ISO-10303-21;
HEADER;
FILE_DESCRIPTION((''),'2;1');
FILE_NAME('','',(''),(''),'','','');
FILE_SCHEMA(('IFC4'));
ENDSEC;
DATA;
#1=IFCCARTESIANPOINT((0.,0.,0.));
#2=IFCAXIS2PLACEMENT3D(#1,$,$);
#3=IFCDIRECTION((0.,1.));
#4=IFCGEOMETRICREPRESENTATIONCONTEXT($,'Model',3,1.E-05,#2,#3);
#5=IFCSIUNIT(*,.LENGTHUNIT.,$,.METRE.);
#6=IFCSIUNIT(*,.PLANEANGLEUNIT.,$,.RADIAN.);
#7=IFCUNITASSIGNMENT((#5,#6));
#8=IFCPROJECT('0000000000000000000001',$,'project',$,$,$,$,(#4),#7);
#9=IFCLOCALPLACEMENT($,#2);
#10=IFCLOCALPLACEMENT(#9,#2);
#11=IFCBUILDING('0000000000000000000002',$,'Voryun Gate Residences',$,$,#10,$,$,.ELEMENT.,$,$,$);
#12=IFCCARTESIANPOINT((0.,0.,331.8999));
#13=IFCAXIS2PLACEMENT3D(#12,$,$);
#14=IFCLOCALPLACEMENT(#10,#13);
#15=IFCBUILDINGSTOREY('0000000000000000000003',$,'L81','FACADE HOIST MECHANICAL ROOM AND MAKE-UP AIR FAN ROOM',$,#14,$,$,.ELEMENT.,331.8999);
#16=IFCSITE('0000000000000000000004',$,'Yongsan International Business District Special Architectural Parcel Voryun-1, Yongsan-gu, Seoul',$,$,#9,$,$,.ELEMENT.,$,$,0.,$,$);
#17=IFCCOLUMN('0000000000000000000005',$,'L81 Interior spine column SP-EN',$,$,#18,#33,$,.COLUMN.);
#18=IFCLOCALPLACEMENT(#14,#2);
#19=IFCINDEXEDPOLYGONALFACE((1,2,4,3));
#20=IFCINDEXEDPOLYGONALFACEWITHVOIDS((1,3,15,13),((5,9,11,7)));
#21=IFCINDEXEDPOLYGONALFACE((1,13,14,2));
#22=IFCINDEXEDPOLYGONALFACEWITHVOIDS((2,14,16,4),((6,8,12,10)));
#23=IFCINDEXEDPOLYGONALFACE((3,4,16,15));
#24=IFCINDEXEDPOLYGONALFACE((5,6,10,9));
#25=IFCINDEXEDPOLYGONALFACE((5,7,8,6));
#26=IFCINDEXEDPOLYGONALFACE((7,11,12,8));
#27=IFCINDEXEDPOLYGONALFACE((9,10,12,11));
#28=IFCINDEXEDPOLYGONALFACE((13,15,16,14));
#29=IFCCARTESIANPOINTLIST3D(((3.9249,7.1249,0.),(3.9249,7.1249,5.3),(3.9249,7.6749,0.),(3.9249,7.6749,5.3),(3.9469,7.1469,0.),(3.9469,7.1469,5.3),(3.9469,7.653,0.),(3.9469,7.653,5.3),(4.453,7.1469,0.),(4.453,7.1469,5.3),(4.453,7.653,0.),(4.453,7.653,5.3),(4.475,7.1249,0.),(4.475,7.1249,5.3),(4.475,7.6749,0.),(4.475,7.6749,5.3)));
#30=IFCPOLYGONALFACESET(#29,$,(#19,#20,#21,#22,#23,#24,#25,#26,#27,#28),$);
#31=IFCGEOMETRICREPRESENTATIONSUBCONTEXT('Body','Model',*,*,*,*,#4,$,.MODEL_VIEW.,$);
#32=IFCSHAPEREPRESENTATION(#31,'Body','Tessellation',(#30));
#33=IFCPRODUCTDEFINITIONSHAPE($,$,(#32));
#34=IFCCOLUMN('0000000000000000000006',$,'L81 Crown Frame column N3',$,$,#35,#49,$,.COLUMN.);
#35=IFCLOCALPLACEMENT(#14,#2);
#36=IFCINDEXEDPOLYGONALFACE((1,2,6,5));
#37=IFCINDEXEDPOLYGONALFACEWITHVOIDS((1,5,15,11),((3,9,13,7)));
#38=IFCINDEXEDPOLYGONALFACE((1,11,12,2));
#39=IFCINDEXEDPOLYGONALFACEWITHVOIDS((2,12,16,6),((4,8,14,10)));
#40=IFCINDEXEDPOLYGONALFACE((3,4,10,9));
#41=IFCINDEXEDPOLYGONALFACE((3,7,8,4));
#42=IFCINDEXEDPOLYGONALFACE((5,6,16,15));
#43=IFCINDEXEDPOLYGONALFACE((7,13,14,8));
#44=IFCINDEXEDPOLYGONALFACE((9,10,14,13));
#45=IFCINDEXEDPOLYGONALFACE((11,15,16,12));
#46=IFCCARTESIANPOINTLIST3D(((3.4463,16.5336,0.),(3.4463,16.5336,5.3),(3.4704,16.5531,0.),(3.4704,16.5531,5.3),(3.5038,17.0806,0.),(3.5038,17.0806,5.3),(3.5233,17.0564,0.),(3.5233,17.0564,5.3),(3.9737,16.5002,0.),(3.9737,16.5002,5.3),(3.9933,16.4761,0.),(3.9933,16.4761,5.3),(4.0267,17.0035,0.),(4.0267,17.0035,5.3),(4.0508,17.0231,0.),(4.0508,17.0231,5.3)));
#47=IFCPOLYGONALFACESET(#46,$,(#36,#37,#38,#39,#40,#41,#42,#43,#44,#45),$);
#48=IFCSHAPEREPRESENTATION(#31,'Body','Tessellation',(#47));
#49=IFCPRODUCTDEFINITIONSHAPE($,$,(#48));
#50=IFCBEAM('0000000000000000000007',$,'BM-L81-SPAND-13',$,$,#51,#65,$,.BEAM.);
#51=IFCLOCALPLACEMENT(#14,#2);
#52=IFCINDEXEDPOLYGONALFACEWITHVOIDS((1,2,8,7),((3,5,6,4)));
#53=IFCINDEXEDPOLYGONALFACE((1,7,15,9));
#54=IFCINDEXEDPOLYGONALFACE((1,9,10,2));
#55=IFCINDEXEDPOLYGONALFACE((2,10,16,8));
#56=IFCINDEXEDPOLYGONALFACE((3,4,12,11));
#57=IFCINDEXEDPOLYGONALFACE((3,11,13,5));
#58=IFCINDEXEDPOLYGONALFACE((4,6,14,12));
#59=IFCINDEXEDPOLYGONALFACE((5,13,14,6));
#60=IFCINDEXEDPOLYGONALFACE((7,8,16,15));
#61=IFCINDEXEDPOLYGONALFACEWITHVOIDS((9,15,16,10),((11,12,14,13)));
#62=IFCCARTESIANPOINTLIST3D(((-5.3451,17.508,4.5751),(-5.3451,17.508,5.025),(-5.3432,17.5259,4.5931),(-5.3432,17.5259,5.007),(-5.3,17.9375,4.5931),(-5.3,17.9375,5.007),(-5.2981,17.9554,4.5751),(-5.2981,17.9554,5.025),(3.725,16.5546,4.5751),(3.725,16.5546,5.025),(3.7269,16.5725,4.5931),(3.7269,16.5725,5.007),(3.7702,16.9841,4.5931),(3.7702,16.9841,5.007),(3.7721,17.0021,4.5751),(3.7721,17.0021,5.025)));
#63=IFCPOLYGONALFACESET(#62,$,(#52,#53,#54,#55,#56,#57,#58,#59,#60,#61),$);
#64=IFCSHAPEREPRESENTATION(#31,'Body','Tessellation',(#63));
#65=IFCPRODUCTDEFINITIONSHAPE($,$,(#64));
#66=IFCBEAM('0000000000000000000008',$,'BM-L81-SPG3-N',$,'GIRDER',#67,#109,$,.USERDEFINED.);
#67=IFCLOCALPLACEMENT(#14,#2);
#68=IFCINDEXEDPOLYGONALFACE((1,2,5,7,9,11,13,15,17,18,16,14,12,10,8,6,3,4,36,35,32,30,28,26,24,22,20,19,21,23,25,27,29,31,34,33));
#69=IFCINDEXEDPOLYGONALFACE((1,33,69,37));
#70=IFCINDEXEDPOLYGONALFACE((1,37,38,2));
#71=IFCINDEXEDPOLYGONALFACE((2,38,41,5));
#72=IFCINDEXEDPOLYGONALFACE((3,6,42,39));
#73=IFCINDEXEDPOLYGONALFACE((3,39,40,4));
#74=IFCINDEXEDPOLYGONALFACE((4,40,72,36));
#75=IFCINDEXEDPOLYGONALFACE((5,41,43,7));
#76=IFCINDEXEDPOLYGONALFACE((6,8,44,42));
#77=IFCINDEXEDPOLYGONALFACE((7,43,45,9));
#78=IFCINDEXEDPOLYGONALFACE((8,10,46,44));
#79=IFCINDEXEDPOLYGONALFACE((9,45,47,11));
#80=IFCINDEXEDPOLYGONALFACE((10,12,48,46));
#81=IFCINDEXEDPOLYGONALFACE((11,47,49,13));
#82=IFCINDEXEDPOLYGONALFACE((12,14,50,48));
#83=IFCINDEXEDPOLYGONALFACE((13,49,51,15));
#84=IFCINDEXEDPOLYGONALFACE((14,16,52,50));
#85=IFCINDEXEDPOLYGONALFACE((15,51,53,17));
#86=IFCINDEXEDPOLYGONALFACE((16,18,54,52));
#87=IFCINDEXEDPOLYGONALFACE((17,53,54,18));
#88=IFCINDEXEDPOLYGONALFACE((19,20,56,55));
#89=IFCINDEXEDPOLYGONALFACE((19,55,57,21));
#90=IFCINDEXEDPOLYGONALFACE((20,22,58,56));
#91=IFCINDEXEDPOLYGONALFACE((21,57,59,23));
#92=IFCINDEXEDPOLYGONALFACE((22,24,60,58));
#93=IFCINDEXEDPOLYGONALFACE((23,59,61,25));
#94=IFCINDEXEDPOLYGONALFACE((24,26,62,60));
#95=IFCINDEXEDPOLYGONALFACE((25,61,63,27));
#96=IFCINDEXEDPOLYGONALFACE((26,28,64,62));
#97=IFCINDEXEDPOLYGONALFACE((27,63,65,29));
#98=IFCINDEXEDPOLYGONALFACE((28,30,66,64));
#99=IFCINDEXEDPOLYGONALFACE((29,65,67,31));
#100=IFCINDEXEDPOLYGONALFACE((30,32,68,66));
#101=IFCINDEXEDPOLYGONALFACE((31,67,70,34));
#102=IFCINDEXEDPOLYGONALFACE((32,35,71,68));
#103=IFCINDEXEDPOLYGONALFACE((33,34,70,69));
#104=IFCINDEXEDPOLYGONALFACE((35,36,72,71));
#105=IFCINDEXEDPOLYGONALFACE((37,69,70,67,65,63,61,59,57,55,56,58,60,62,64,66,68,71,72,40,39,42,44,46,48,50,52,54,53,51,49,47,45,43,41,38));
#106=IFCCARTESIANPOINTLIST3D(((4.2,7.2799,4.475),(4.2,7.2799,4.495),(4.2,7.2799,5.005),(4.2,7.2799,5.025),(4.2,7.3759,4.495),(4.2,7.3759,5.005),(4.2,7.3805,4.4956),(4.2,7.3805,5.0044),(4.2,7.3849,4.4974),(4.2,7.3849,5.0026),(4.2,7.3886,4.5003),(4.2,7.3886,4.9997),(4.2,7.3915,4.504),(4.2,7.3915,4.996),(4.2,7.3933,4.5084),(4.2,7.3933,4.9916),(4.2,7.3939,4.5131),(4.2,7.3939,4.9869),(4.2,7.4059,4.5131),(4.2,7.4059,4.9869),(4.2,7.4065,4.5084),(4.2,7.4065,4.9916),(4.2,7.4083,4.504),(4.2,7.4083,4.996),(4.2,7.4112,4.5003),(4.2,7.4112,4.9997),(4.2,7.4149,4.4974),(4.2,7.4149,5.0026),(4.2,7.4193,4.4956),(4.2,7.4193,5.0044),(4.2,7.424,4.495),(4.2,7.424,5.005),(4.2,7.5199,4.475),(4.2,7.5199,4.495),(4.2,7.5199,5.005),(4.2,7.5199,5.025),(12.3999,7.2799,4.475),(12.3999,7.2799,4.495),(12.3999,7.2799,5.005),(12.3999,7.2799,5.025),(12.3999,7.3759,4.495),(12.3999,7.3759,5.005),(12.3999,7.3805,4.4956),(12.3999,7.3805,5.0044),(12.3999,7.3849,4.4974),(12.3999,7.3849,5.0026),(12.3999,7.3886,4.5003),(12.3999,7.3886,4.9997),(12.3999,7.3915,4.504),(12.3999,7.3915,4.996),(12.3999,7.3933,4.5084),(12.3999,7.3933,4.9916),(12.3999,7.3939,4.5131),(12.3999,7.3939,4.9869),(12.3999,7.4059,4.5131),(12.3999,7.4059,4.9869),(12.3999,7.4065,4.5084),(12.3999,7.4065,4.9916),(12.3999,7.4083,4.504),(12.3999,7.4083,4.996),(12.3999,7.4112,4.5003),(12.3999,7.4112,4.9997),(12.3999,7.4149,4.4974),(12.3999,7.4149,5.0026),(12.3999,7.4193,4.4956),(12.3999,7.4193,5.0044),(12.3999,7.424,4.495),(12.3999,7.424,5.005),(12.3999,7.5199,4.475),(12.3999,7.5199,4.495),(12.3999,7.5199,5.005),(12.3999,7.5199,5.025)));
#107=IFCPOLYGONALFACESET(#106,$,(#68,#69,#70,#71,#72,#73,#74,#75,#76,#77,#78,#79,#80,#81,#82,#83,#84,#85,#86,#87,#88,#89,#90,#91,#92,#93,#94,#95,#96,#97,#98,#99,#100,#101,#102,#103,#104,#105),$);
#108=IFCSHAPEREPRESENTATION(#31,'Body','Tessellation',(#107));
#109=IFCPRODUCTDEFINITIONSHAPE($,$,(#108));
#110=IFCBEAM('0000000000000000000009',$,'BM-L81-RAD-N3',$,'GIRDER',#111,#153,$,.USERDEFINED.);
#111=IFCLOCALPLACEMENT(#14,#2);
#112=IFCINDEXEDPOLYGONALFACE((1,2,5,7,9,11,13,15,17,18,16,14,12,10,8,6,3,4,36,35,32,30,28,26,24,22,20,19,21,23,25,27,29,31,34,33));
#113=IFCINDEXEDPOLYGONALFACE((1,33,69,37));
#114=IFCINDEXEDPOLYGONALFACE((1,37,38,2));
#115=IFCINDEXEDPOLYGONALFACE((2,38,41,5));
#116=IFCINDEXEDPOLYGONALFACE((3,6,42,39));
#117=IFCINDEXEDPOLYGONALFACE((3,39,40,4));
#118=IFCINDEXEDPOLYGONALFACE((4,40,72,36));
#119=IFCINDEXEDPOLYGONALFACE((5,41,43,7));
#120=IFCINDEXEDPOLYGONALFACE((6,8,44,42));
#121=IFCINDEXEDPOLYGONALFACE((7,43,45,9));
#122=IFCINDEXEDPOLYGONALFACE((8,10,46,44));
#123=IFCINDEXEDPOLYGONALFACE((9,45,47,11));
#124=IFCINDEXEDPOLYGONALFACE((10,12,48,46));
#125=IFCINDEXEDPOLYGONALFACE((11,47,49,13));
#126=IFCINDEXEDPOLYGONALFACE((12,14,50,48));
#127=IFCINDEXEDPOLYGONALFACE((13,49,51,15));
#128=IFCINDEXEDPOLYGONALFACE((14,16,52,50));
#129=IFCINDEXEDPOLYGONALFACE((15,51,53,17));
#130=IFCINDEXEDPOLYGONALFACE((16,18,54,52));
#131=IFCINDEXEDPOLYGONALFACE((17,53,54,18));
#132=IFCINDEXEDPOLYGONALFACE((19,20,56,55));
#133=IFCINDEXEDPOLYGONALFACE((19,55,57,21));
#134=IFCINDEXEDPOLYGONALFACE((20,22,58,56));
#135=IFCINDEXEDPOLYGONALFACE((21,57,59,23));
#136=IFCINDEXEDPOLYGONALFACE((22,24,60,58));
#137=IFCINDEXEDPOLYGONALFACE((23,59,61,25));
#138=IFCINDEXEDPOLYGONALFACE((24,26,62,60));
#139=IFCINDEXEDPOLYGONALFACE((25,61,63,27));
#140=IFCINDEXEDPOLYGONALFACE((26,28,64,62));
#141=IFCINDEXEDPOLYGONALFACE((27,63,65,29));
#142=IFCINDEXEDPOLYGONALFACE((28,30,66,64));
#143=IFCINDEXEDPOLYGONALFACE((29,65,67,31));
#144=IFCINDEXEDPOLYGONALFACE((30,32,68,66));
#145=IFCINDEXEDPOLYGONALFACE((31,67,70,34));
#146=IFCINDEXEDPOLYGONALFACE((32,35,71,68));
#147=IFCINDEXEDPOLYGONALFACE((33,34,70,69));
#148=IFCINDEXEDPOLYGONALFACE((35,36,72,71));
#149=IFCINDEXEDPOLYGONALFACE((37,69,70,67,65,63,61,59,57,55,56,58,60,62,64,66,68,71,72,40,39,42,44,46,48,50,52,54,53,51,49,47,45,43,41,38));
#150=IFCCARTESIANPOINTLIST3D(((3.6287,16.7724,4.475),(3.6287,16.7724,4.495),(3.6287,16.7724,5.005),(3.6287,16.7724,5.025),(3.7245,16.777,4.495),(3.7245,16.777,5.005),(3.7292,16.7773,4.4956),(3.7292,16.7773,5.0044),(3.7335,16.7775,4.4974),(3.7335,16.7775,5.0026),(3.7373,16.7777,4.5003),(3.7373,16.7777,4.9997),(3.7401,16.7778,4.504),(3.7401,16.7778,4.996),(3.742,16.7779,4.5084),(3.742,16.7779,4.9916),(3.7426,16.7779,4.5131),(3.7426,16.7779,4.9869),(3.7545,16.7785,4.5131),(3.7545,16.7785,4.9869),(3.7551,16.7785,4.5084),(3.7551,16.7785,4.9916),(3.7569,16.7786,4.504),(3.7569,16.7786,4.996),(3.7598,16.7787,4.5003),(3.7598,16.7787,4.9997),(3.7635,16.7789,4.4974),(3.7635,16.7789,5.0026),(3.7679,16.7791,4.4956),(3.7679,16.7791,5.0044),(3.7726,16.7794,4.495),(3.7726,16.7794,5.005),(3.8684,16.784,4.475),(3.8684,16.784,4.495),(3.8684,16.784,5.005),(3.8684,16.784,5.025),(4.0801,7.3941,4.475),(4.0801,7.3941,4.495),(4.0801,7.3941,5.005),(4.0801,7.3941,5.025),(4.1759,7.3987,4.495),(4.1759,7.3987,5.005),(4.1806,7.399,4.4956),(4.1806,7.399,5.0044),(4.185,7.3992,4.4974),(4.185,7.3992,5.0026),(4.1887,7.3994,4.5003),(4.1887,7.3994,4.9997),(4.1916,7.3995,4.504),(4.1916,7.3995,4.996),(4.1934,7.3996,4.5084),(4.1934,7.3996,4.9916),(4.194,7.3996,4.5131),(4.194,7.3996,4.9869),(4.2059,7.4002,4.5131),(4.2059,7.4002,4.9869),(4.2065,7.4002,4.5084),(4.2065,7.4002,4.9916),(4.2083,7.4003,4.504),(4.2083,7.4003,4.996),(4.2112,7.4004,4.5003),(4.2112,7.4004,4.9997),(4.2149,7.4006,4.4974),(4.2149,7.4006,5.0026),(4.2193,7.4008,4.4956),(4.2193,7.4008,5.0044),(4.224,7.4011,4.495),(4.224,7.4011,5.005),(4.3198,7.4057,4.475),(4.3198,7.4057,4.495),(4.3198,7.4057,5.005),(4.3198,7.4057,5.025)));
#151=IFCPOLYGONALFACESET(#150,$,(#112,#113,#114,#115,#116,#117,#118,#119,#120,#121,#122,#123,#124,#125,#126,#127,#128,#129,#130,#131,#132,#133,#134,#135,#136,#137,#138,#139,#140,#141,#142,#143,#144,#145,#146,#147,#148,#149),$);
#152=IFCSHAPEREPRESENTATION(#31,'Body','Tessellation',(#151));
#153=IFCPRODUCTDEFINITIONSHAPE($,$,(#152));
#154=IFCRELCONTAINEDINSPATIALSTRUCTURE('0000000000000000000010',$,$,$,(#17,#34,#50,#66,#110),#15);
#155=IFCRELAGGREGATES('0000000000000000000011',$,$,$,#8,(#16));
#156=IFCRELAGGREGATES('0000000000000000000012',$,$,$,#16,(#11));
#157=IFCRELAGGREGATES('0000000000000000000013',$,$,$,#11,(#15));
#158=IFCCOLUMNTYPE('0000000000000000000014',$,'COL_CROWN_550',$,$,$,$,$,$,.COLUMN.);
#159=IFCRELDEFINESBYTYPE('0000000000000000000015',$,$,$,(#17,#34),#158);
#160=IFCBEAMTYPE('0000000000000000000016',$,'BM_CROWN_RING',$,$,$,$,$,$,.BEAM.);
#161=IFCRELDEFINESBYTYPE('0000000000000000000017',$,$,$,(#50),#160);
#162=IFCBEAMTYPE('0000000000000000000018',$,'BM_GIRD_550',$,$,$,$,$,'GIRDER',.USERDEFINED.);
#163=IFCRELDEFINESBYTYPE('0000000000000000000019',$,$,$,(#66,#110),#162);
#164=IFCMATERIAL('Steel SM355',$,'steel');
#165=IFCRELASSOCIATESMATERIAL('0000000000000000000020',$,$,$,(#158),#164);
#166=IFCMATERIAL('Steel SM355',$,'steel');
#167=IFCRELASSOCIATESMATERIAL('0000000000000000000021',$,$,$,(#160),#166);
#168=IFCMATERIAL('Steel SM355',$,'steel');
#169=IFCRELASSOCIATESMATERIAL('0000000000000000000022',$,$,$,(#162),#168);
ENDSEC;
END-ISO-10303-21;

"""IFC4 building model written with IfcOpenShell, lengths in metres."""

from ifc_helpers import new_model, si_unit, direction, frame, origin, origin_2d, place, context, subcontext, project, spatial, hollow_rectangle, i_section, extrude, material, material_profile, profile_set, type_object, element, save


model = new_model("IFC4")

# Units and contexts
model_context = context("Model", 3, precision=1e-05, world=origin(), true_north=direction((0.0, 1.0)))
body_context = subcontext(model_context, "Body", "Model", "MODEL_VIEW")
ifc_project = project(units=[si_unit("LENGTHUNIT", "METRE"), si_unit("PLANEANGLEUNIT", "RADIAN")], contexts=[model_context])

# Site, building, storey
site_placement = place(None, origin())
site = spatial("IfcSite", under=ifc_project, at=site_placement, Name="Yongsan International Business District Special Architectural Parcel Voryun-1, Yongsan-gu, Seoul", CompositionType="ELEMENT", RefElevation=0.0)
building_placement = place(site_placement, origin())
building = spatial("IfcBuilding", under=site, at=building_placement, Name="Voryun Gate Residences", CompositionType="ELEMENT")
storey_placement = place(building_placement, frame((0.0, 0.0, 331.8999)))
storey = spatial("IfcBuildingStorey", under=building, at=storey_placement, Name="L81", Description="FACADE HOIST MECHANICAL ROOM AND MAKE-UP AIR FAN ROOM", CompositionType="ELEMENT", Elevation=331.8999)

# Columns
ifc_material_1 = material(Name="Steel SM355", Category="steel")
ifc_material_profile_1 = material_profile(ifc_material_1, hollow_rectangle(XDim=0.55, YDim=0.55, WallThickness=0.022, at=origin_2d()), Name="BOX-550x550x22")
ifc_profile_set_1 = profile_set([ifc_material_profile_1], Name="Steel SM355")
column_type = type_object("IfcColumnType", Name="COL_CROWN_550", PredefinedType="COLUMN", material=ifc_profile_set_1)
for number, where, z_axis, x_axis, name in (
    (1, (4.2, 7.3999, 0.0), (0.0, 0.0, 1.0), (1.0, 0.0, 0.0), "L81 Interior spine column SP-EN"),
    (2, (3.7485, 16.7783, 0.0), (0.0, 0.0, 1.0), (0.994522, -0.104528, 0.0), "L81 Crown Frame column N3"),
):
    element("IfcColumn", number, at=place(storey_placement, frame(where, z_axis=z_axis, x_axis=x_axis)), inside=storey, type_object=column_type, Name=name, PredefinedType="COLUMN", context=body_context, shape_type="SweptSolid", body=[
        extrude(hollow_rectangle(XDim=0.55, YDim=0.55, WallThickness=0.022, at=origin_2d()), origin(), (0.0, 0.0, 1.0), 5.3),
    ])

# Beams
ifc_material_2 = material(Name="Steel SM355", Category="steel")
ifc_material_profile_2 = material_profile(ifc_material_2, hollow_rectangle(XDim=0.45, YDim=0.45, WallThickness=0.0181, at=origin_2d()), Name="BOX-450x450x18")
ifc_profile_set_2 = profile_set([ifc_material_profile_2], Name="Steel SM355")
beam_type_1 = type_object("IfcBeamType", Name="BM_CROWN_RING", PredefinedType="BEAM", material=ifc_profile_set_2)
beam_1_placement = place(storey_placement, frame((3.7485, 16.7783, 4.8), z_axis=(-0.994521, 0.104536, 0.0), x_axis=(-0.104536, -0.994521, 0.0)))
element("IfcBeam", 3, at=beam_1_placement, inside=storey, type_object=beam_type_1, Name="BM-L81-SPAND-13", PredefinedType="BEAM", context=body_context, shape_type="SweptSolid", body=[
    extrude(hollow_rectangle(XDim=0.45, YDim=0.45, WallThickness=0.0181, at=origin_2d()), origin(), (0.0, 0.0, 1.0), 9.1201),
])
ifc_material_3 = material(Name="Steel SM355", Category="steel")
ifc_material_profile_3 = material_profile(ifc_material_3, i_section(OverallWidth=0.24, OverallDepth=0.55, WebThickness=0.012, FlangeThickness=0.02, FilletRadius=0.0181, at=origin_2d()), Name="H-550x240x12x20")
ifc_profile_set_3 = profile_set([ifc_material_profile_3], Name="Steel SM355")
beam_type_2 = type_object("IfcBeamType", Name="BM_GIRD_550", ElementType="GIRDER", PredefinedType="USERDEFINED", material=ifc_profile_set_3)
beam_2_placement = place(storey_placement, frame((4.2, 7.3999, 4.75), z_axis=(1.0, 0.0, 0.0), x_axis=(0.0, 1.0, 0.0)))
element("IfcBeam", 4, at=beam_2_placement, inside=storey, type_object=beam_type_2, Name="BM-L81-SPG3-N", ObjectType="GIRDER", PredefinedType="USERDEFINED", context=body_context, shape_type="SweptSolid", body=[
    extrude(i_section(OverallWidth=0.24, OverallDepth=0.55, WebThickness=0.012, FlangeThickness=0.02, FilletRadius=0.0181, at=origin_2d()), origin(), (0.0, 0.0, 1.0), 8.2),
])
beam_3_placement = place(storey_placement, frame((4.2, 7.3999, 4.75), z_axis=(-0.048078, 0.998844, 0.0), x_axis=(-0.998844, -0.048078, 0.0)))
element("IfcBeam", 5, at=beam_3_placement, inside=storey, type_object=beam_type_2, Name="BM-L81-RAD-N3", ObjectType="GIRDER", PredefinedType="USERDEFINED", context=body_context, shape_type="SweptSolid", body=[
    extrude(i_section(OverallWidth=0.24, OverallDepth=0.55, WebThickness=0.012, FlangeThickness=0.02, FilletRadius=0.0181, at=origin_2d()), origin(), (0.0, 0.0, 1.0), 9.3892),
])

save(model, "model.ifc")
